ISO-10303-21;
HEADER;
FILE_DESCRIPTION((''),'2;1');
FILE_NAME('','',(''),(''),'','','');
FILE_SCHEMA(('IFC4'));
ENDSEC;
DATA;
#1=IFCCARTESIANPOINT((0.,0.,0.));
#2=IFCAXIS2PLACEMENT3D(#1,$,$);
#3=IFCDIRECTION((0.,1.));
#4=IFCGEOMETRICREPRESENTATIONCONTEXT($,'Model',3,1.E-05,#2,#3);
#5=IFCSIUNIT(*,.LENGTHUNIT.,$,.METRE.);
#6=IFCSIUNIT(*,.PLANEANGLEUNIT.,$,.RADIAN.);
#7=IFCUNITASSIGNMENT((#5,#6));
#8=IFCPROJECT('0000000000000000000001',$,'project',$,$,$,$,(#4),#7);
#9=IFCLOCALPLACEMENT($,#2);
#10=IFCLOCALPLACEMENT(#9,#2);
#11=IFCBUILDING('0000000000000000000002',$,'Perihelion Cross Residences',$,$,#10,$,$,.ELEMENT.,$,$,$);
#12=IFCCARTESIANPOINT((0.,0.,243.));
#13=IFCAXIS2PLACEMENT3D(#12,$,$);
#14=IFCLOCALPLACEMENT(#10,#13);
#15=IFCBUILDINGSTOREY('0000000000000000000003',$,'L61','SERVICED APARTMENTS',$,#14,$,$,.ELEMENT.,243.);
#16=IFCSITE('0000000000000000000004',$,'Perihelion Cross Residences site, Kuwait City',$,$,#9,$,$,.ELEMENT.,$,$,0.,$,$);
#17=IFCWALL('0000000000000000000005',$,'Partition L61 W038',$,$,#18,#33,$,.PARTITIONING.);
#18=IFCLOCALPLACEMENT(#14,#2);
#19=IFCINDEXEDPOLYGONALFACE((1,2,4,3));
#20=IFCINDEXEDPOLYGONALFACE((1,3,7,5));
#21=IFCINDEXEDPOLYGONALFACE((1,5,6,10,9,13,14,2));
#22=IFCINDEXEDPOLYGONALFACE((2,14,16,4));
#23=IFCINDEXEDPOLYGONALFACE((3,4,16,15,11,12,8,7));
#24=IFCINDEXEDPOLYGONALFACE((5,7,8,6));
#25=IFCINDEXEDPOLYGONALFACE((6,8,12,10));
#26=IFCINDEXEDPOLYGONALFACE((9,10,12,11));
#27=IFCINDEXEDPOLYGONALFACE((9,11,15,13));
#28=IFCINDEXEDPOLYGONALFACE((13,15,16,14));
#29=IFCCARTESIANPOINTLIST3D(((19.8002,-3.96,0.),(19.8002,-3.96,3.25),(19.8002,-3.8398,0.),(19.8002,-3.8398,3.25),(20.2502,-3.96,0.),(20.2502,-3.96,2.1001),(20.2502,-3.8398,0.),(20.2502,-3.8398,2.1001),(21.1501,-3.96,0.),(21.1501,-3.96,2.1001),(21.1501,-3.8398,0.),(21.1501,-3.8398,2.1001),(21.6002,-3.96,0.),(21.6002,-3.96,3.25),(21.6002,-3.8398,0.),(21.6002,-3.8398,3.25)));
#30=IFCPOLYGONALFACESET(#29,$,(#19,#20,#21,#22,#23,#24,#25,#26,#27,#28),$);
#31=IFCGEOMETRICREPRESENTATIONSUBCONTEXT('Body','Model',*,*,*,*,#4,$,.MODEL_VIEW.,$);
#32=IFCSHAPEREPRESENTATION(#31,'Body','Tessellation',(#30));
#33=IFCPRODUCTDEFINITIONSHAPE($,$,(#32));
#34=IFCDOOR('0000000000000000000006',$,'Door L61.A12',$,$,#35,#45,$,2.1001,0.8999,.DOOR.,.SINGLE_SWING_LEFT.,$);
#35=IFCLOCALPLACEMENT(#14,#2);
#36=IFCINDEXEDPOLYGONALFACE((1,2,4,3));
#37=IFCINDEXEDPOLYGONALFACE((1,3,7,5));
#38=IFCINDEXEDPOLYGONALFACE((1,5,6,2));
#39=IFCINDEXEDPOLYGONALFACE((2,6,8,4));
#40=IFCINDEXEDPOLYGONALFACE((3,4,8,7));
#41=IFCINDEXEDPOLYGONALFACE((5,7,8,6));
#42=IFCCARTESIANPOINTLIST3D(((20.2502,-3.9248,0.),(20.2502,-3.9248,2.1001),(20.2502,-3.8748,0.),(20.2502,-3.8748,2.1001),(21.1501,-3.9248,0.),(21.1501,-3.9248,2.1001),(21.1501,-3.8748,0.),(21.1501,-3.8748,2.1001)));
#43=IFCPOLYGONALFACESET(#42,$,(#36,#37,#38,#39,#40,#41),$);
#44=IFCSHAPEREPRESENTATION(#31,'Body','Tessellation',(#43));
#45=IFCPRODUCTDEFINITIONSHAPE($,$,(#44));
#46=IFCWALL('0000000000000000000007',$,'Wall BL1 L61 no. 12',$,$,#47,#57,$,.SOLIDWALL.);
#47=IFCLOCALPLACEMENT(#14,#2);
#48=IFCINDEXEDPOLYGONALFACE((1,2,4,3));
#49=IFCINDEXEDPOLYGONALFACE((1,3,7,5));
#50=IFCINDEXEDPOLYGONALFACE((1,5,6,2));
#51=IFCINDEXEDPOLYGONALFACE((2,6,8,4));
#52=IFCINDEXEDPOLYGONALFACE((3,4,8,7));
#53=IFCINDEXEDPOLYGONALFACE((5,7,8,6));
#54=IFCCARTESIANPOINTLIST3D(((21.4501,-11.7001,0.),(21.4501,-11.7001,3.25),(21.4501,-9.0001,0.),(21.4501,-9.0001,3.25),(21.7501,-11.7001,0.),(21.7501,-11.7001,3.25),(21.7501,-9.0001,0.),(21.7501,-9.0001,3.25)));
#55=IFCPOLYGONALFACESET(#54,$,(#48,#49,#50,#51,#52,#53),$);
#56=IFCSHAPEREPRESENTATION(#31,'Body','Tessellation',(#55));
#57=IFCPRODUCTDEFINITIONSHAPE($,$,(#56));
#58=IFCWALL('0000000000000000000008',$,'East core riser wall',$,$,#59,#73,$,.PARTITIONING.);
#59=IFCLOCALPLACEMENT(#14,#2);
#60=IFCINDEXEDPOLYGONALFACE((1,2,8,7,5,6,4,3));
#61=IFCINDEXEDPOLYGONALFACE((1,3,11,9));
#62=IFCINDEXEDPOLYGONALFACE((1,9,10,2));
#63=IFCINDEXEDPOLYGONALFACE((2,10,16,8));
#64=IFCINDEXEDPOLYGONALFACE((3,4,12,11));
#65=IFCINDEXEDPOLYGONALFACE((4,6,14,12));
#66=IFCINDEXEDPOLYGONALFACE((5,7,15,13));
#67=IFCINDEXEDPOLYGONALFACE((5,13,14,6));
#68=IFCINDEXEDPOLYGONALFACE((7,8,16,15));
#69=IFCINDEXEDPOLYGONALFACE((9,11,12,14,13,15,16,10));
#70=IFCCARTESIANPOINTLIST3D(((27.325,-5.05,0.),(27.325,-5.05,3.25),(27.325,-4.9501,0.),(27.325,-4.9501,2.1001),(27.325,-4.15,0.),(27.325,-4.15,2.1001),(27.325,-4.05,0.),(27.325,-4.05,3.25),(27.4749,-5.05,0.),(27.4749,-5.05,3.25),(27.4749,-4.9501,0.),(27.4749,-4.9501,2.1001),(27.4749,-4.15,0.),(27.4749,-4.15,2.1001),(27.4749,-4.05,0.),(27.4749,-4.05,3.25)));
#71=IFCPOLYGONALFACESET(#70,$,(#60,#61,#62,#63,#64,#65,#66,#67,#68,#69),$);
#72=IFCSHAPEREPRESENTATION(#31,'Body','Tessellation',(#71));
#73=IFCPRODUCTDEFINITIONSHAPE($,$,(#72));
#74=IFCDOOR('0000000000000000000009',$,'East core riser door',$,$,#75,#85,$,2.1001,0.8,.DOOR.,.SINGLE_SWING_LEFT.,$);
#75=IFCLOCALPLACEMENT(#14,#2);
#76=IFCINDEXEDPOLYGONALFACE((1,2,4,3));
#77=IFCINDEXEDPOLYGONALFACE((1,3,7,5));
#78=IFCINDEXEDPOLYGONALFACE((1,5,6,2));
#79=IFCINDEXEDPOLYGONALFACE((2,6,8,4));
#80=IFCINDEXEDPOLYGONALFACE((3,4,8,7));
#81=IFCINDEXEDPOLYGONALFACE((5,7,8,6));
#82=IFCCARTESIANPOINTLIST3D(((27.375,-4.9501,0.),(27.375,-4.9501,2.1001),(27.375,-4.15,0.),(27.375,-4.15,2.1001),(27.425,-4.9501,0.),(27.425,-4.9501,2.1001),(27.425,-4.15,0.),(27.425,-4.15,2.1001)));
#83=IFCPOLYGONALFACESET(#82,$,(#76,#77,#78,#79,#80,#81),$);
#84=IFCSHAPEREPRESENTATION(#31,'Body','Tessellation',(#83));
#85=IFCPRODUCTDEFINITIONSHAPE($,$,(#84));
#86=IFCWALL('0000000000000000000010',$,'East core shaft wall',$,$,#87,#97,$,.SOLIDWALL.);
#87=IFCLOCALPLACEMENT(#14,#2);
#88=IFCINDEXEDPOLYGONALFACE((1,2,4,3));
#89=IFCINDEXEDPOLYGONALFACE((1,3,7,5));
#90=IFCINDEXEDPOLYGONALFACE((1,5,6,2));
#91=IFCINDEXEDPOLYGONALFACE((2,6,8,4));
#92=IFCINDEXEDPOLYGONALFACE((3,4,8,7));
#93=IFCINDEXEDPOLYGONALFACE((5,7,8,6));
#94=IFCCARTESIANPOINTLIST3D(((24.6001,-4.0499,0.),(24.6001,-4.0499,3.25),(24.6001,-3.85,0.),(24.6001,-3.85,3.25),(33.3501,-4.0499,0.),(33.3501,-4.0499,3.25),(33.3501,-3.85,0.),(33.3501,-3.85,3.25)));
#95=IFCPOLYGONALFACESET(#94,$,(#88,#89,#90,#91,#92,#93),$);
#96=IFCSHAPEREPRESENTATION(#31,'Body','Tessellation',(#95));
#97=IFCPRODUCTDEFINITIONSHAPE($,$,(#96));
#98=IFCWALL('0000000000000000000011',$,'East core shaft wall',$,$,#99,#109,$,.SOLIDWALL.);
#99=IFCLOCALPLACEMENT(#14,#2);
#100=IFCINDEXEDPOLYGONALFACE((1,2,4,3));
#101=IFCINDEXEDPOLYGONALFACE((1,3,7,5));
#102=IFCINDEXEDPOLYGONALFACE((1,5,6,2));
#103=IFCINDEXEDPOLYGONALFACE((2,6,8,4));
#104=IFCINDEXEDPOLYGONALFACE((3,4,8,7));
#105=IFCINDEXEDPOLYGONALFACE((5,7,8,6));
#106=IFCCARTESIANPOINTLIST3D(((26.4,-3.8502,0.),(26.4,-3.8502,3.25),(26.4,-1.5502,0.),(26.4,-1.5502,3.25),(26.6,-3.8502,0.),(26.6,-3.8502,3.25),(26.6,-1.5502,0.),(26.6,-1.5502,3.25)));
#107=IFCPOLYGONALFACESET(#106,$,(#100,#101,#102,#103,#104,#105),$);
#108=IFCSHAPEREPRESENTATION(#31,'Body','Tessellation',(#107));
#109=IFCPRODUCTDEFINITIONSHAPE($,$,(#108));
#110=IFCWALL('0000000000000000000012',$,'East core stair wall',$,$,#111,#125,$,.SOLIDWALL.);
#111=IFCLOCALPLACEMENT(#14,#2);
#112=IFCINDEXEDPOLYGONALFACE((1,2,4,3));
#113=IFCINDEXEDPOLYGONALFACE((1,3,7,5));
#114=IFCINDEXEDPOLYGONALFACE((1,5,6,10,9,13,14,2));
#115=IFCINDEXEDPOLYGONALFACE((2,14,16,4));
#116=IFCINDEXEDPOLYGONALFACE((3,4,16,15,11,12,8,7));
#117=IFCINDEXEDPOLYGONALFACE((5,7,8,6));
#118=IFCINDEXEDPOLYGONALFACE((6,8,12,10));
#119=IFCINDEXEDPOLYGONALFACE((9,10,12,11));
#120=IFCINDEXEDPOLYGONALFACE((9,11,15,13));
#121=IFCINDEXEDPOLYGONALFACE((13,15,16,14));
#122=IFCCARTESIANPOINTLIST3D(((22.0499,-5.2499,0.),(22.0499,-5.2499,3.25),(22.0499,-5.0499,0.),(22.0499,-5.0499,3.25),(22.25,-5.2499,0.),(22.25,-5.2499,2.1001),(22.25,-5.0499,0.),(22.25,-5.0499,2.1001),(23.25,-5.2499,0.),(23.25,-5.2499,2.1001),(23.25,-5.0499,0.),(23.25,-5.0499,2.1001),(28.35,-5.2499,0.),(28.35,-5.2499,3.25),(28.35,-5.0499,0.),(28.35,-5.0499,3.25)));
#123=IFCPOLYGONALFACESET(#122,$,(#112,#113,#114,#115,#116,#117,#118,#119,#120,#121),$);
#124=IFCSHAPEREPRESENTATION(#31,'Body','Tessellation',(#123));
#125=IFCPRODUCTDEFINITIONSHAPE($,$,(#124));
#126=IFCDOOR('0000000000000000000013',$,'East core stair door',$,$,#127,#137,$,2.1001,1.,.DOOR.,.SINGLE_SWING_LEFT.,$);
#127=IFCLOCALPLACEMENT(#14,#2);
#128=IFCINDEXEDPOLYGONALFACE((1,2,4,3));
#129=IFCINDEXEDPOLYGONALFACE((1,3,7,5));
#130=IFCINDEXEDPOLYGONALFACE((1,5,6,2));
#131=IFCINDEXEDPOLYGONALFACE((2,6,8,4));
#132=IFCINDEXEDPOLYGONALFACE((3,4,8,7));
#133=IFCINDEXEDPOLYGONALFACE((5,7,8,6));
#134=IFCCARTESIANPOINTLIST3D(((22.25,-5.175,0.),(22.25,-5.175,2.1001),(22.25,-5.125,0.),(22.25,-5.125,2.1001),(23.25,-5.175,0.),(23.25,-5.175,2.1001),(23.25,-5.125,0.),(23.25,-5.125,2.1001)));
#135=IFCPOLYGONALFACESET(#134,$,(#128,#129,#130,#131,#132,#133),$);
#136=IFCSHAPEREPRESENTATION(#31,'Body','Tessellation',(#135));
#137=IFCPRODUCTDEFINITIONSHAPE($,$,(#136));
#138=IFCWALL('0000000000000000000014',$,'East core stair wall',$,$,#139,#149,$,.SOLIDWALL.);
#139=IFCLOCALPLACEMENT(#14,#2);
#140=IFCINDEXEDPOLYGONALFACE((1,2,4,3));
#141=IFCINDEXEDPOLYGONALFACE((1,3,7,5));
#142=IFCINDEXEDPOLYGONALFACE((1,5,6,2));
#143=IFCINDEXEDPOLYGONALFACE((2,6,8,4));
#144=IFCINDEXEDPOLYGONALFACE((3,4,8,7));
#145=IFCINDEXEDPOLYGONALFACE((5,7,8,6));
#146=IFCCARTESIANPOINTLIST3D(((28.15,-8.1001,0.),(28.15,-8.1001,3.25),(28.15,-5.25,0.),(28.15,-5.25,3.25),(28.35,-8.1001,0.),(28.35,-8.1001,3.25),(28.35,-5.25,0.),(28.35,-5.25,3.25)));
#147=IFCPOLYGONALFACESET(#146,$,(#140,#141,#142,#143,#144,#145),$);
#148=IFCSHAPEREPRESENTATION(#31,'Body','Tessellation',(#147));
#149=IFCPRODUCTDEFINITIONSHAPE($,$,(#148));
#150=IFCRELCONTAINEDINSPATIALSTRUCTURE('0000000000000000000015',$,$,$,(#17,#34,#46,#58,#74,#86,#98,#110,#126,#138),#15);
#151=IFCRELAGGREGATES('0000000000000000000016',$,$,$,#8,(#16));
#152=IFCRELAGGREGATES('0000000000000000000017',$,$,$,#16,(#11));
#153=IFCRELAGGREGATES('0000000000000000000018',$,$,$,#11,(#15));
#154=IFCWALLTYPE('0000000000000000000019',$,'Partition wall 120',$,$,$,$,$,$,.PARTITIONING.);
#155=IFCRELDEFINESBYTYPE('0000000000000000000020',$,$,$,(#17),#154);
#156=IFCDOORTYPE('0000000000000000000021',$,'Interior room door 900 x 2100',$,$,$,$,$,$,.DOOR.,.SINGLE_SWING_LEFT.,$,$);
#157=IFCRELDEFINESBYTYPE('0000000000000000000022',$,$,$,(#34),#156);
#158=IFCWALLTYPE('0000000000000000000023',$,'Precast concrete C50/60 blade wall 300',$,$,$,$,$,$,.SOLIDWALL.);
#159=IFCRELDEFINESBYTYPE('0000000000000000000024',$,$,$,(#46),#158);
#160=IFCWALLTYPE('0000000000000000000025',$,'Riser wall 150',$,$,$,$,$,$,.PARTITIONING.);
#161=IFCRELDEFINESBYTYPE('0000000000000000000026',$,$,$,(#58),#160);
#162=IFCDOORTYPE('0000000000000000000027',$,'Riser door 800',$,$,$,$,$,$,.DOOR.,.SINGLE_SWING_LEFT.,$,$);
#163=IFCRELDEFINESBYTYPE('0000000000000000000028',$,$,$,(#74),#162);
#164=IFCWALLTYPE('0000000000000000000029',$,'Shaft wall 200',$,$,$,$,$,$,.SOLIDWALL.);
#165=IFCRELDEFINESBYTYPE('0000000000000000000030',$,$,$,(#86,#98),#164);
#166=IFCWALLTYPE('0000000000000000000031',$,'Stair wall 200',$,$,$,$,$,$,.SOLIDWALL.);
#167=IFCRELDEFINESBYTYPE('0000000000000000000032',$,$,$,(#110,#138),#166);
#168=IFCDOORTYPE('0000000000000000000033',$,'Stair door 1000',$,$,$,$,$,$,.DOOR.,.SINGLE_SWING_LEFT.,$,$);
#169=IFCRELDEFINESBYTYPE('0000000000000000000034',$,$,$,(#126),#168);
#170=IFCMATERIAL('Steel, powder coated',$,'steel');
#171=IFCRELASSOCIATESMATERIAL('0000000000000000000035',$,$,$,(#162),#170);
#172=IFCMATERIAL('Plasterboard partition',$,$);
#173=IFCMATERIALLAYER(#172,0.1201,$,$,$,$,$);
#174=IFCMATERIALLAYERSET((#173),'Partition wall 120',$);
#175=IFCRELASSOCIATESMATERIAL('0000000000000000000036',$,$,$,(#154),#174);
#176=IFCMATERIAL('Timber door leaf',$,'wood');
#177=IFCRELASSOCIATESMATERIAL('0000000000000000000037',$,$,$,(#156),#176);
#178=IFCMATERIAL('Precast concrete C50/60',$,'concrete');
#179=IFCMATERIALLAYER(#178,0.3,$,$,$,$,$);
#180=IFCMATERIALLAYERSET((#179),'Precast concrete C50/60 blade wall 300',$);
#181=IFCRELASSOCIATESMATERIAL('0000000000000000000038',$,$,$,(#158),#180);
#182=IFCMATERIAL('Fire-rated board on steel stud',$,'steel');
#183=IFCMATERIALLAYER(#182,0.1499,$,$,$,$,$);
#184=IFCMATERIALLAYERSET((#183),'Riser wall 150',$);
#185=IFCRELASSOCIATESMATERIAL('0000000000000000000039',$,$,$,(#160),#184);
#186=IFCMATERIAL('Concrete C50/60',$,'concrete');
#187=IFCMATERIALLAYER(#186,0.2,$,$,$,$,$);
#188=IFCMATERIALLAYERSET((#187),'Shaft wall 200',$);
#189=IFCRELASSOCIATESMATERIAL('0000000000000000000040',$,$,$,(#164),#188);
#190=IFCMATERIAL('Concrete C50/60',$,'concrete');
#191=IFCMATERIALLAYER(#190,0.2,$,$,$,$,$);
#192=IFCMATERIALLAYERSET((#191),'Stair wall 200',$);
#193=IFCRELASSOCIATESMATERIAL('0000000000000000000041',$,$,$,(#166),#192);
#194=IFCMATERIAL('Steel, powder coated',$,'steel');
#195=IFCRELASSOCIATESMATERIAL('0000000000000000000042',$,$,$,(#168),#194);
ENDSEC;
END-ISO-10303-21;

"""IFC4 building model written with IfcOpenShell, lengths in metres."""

from ifc_helpers import new_model, si_unit, direction, frame, frame_2d, origin, place, context, subcontext, project, spatial, rectangle, extrude, material, layer, layer_set, type_object, element, fill, save


model = new_model("IFC4")

# Units and contexts
model_context = context("Model", 3, precision=1e-05, world=origin(), true_north=direction((0.0, 1.0)))
body_context = subcontext(model_context, "Body", "Model", "MODEL_VIEW")
ifc_project = project(units=[si_unit("LENGTHUNIT", "METRE"), si_unit("PLANEANGLEUNIT", "RADIAN")], contexts=[model_context])

# Site, building, storey
site_placement = place(None, origin())
site = spatial("IfcSite", under=ifc_project, at=site_placement, Name="Perihelion Cross Residences site, Kuwait City", CompositionType="ELEMENT", RefElevation=0.0)
building_placement = place(site_placement, origin())
building = spatial("IfcBuilding", under=site, at=building_placement, Name="Perihelion Cross Residences", CompositionType="ELEMENT")
storey_placement = place(building_placement, frame((0.0, 0.0, 243.0)))
storey = spatial("IfcBuildingStorey", under=building, at=storey_placement, Name="L61", Description="SERVICED APARTMENTS", CompositionType="ELEMENT", Elevation=243.0)

# Wall, opening, door
ifc_material_1 = material(Name="Steel, powder coated", Category="steel")
door_type_1 = type_object("IfcDoorType", Name="Riser door 800", OperationType="SINGLE_SWING_LEFT", PredefinedType="DOOR", material=ifc_material_1)
ifc_material_2 = material(Name="Plasterboard partition")
ifc_layer_1 = layer(ifc_material_2, 0.1201)
ifc_layer_set_1 = layer_set([ifc_layer_1], Name="Partition wall 120")
wall_type_1 = type_object("IfcWallType", Name="Partition wall 120", PredefinedType="PARTITIONING", material=ifc_layer_set_1)
wall_1_placement = place(storey_placement, frame((21.6001, -3.8999, 0.0), z_axis=(0.0, 0.0, 1.0), x_axis=(-1.0, 0.0, 0.0)))
wall_1 = element("IfcWall", 1, at=wall_1_placement, inside=storey, type_object=wall_type_1, Name="Partition L61 W038", PredefinedType="PARTITIONING", context=body_context, shape_type="SweptSolid", body=[
    extrude(rectangle(XDim=1.8, YDim=0.1201, at=frame_2d((0.8999, 0.0))), origin(), (0.0, 0.0, 1.0), 3.25),
])
opening_1_placement = place(wall_1_placement, frame((0.45, 0.0, 0.0)))
opening_1 = element("IfcOpeningElement", 2, at=opening_1_placement, cuts=wall_1, PredefinedType="OPENING", context=body_context, shape_type="SweptSolid", body=[
    extrude(rectangle(XDim=0.8999, YDim=2.1001, at=frame_2d((0.45, 1.05))), frame((0.0, 0.0701, 0.0), z_axis=(0.0, -1.0, 0.0), x_axis=(1.0, 0.0, 0.0)), (0.0, 0.0, 1.0), 0.1401),
])
ifc_material_3 = material(Name="Timber door leaf", Category="wood")
door_type_2 = type_object("IfcDoorType", Name="Interior room door 900 x 2100", OperationType="SINGLE_SWING_LEFT", PredefinedType="DOOR", material=ifc_material_3)
door_1_placement = place(opening_1_placement, origin())
door_1 = element("IfcDoor", 3, at=door_1_placement, inside=storey, type_object=door_type_2, Name="Door L61.A12", OperationType="SINGLE_SWING_LEFT", OverallHeight=2.1001, OverallWidth=0.8999, PredefinedType="DOOR", context=body_context, shape_type="SweptSolid", body=[
    extrude(rectangle(XDim=0.8999, YDim=2.1001, at=frame_2d((0.45, 1.05))), frame((0.0, 0.0249, 0.0), z_axis=(0.0, -1.0, 0.0), x_axis=(1.0, 0.0, 0.0)), (0.0, 0.0, 1.0), 0.05),
])
fill(opening_1, door_1)

# Wall
ifc_material_4 = material(Name="Precast concrete C50/60", Category="concrete")
ifc_layer_2 = layer(ifc_material_4, 0.3)
ifc_layer_set_2 = layer_set([ifc_layer_2], Name="Precast concrete C50/60 blade wall 300")
wall_type_2 = type_object("IfcWallType", Name="Precast concrete C50/60 blade wall 300", PredefinedType="SOLIDWALL", material=ifc_layer_set_2)
wall_2_placement = place(storey_placement, frame((21.6001, -9.0, 0.0), z_axis=(0.0, 0.0, 1.0), x_axis=(0.0, -1.0, 0.0)))
element("IfcWall", 4, at=wall_2_placement, inside=storey, type_object=wall_type_2, Name="Wall BL1 L61 no. 12", PredefinedType="SOLIDWALL", context=body_context, shape_type="SweptSolid", body=[
    extrude(rectangle(XDim=2.7, YDim=0.3, at=frame_2d((1.3501, 0.0))), origin(), (0.0, 0.0, 1.0), 3.25),
])

# Wall, opening, door
ifc_material_5 = material(Name="Fire-rated board on steel stud", Category="steel")
ifc_layer_3 = layer(ifc_material_5, 0.1499)
ifc_layer_set_3 = layer_set([ifc_layer_3], Name="Riser wall 150")
wall_type_3 = type_object("IfcWallType", Name="Riser wall 150", PredefinedType="PARTITIONING", material=ifc_layer_set_3)
wall_3_placement = place(storey_placement, frame((27.3999, -5.05, 0.0), z_axis=(0.0, 0.0, 1.0), x_axis=(0.0, 1.0, 0.0)))
wall_3 = element("IfcWall", 5, at=wall_3_placement, inside=storey, type_object=wall_type_3, Name="East core riser wall", PredefinedType="PARTITIONING", context=body_context, shape_type="SweptSolid", body=[
    extrude(rectangle(XDim=1.0, YDim=0.1499, at=frame_2d((0.5, 0.0))), origin(), (0.0, 0.0, 1.0), 3.25),
])
opening_2_placement = place(wall_3_placement, frame((0.1001, 0.0, 0.0)))
opening_2 = element("IfcOpeningElement", 6, at=opening_2_placement, cuts=wall_3, PredefinedType="OPENING", context=body_context, shape_type="SweptSolid", body=[
    extrude(rectangle(XDim=0.8, YDim=2.1001, at=frame_2d((0.3999, 1.05))), frame((0.0, 0.085, 0.0), z_axis=(0.0, -1.0, 0.0), x_axis=(1.0, 0.0, 0.0)), (0.0, 0.0, 1.0), 0.1699),
])
door_2_placement = place(opening_2_placement, origin())
door_2 = element("IfcDoor", 7, at=door_2_placement, inside=storey, type_object=door_type_1, Name="East core riser door", OperationType="SINGLE_SWING_LEFT", OverallHeight=2.1001, OverallWidth=0.8, PredefinedType="DOOR", context=body_context, shape_type="SweptSolid", body=[
    extrude(rectangle(XDim=0.8, YDim=2.1001, at=frame_2d((0.3999, 1.05))), frame((0.0, 0.0249, 0.0), z_axis=(0.0, -1.0, 0.0), x_axis=(1.0, 0.0, 0.0)), (0.0, 0.0, 1.0), 0.05),
])
fill(opening_2, door_2)

# Walls
ifc_material_6 = material(Name="Concrete C50/60", Category="concrete")
ifc_layer_4 = layer(ifc_material_6, 0.2)
ifc_layer_set_4 = layer_set([ifc_layer_4], Name="Shaft wall 200")
wall_type_4 = type_object("IfcWallType", Name="Shaft wall 200", PredefinedType="SOLIDWALL", material=ifc_layer_set_4)
wall_4_placement = place(storey_placement, frame((24.6001, -3.95, 0.0), z_axis=(0.0, 0.0, 1.0), x_axis=(1.0, 0.0, 0.0)))
element("IfcWall", 8, at=wall_4_placement, inside=storey, type_object=wall_type_4, Name="East core shaft wall", PredefinedType="SOLIDWALL", context=body_context, shape_type="SweptSolid", body=[
    extrude(rectangle(XDim=8.75, YDim=0.2, at=frame_2d((4.375, 0.0))), origin(), (0.0, 0.0, 1.0), 3.25),
])
wall_5_placement = place(storey_placement, frame((26.5, -3.8501, 0.0), z_axis=(0.0, 0.0, 1.0), x_axis=(0.0, 1.0, 0.0)))
element("IfcWall", 9, at=wall_5_placement, inside=storey, type_object=wall_type_4, Name="East core shaft wall", PredefinedType="SOLIDWALL", context=body_context, shape_type="SweptSolid", body=[
    extrude(rectangle(XDim=2.3, YDim=0.2, at=frame_2d((1.1499, 0.0))), origin(), (0.0, 0.0, 1.0), 3.25),
])

# Wall, opening, door
ifc_material_7 = material(Name="Concrete C50/60", Category="concrete")
ifc_layer_5 = layer(ifc_material_7, 0.2)
ifc_layer_set_5 = layer_set([ifc_layer_5], Name="Stair wall 200")
wall_type_5 = type_object("IfcWallType", Name="Stair wall 200", PredefinedType="SOLIDWALL", material=ifc_layer_set_5)
wall_6_placement = place(storey_placement, frame((22.05, -5.1499, 0.0), z_axis=(0.0, 0.0, 1.0), x_axis=(1.0, 0.0, 0.0)))
wall_6 = element("IfcWall", 10, at=wall_6_placement, inside=storey, type_object=wall_type_5, Name="East core stair wall", PredefinedType="SOLIDWALL", context=body_context, shape_type="SweptSolid", body=[
    extrude(rectangle(XDim=6.3, YDim=0.2, at=frame_2d((3.1499, 0.0))), origin(), (0.0, 0.0, 1.0), 3.25),
])
opening_3_placement = place(wall_6_placement, frame((0.2, 0.0, 0.0)))
opening_3 = element("IfcOpeningElement", 11, at=opening_3_placement, cuts=wall_6, PredefinedType="OPENING", context=body_context, shape_type="SweptSolid", body=[
    extrude(rectangle(XDim=1.0, YDim=2.1001, at=frame_2d((0.5, 1.05))), frame((0.0, 0.1099, 0.0), z_axis=(0.0, -1.0, 0.0), x_axis=(1.0, 0.0, 0.0)), (0.0, 0.0, 1.0), 0.22),
])
ifc_material_8 = material(Name="Steel, powder coated", Category="steel")
door_type_3 = type_object("IfcDoorType", Name="Stair door 1000", OperationType="SINGLE_SWING_LEFT", PredefinedType="DOOR", material=ifc_material_8)
door_3_placement = place(opening_3_placement, origin())
door_3 = element("IfcDoor", 12, at=door_3_placement, inside=storey, type_object=door_type_3, Name="East core stair door", OperationType="SINGLE_SWING_LEFT", OverallHeight=2.1001, OverallWidth=1.0, PredefinedType="DOOR", context=body_context, shape_type="SweptSolid", body=[
    extrude(rectangle(XDim=1.0, YDim=2.1001, at=frame_2d((0.5, 1.05))), frame((0.0, 0.0249, 0.0), z_axis=(0.0, -1.0, 0.0), x_axis=(1.0, 0.0, 0.0)), (0.0, 0.0, 1.0), 0.05),
])
fill(opening_3, door_3)

# Wall
wall_7_placement = place(storey_placement, frame((28.25, -8.1001, 0.0), z_axis=(0.0, 0.0, 1.0), x_axis=(0.0, 1.0, 0.0)))
element("IfcWall", 13, at=wall_7_placement, inside=storey, type_object=wall_type_5, Name="East core stair wall", PredefinedType="SOLIDWALL", context=body_context, shape_type="SweptSolid", body=[
    extrude(rectangle(XDim=2.8501, YDim=0.2, at=frame_2d((1.425, 0.0))), origin(), (0.0, 0.0, 1.0), 3.25),
])

save(model, "model.ifc")
